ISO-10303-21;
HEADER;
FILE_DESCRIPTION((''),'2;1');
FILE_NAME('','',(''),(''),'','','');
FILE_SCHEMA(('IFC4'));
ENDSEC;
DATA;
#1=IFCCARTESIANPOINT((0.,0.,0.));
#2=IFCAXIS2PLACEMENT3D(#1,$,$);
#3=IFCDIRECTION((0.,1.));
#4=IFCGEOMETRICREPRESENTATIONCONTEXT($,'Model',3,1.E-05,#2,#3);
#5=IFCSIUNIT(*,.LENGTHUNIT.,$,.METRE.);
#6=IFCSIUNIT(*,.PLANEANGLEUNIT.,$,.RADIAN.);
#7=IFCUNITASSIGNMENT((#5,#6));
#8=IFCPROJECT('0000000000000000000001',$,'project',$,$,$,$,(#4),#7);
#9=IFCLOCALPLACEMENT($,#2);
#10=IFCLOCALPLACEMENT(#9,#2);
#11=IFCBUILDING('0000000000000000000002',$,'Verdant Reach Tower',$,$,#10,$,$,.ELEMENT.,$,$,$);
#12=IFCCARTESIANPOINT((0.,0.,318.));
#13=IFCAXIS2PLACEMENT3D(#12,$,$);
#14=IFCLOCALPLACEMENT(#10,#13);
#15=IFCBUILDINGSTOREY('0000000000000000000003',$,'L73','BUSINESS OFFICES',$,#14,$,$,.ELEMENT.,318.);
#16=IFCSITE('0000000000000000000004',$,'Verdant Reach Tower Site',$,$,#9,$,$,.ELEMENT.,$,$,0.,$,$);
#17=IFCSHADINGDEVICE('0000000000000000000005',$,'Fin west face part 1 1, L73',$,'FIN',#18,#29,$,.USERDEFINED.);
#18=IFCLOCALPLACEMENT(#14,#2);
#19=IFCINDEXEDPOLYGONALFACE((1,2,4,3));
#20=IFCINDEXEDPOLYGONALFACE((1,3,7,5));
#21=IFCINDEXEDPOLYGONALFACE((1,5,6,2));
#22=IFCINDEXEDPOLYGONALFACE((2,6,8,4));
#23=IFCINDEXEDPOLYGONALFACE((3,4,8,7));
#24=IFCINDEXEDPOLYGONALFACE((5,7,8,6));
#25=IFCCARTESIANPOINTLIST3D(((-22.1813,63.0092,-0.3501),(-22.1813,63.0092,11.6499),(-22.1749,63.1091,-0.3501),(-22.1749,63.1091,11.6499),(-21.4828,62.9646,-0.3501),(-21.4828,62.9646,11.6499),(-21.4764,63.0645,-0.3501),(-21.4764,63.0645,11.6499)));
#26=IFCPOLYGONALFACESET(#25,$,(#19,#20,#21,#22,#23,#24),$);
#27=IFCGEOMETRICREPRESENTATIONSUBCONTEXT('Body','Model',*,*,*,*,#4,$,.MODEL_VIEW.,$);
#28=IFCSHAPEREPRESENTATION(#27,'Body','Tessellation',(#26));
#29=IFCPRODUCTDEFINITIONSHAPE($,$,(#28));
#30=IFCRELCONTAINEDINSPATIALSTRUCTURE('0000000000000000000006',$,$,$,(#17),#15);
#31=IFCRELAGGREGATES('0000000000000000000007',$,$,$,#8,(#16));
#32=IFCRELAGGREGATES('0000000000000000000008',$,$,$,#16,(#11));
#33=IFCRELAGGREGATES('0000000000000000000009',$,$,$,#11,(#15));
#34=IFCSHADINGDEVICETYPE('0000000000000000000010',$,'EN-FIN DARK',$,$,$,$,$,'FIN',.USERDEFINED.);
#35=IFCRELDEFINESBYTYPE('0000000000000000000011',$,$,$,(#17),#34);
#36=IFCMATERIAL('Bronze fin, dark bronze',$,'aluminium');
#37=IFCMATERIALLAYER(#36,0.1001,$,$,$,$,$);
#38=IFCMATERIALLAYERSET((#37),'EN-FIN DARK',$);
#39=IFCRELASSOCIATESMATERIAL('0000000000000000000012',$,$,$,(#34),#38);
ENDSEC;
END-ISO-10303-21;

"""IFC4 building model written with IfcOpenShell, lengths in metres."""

from ifc_helpers import new_model, si_unit, direction, frame, origin, origin_2d, place, context, subcontext, project, spatial, rectangle, extrude, material, layer, layer_set, type_object, element, save


model = new_model("IFC4")

# Units and contexts
model_context = context("Model", 3, precision=1e-05, world=origin(), true_north=direction((0.0, 1.0)))
body_context = subcontext(model_context, "Body", "Model", "MODEL_VIEW")
ifc_project = project(units=[si_unit("LENGTHUNIT", "METRE"), si_unit("PLANEANGLEUNIT", "RADIAN")], contexts=[model_context])

# Site, building, storey
site_placement = place(None, origin())
site = spatial("IfcSite", under=ifc_project, at=site_placement, Name="Verdant Reach Tower Site", CompositionType="ELEMENT", RefElevation=0.0)
building_placement = place(site_placement, origin())
building = spatial("IfcBuilding", under=site, at=building_placement, Name="Verdant Reach Tower", CompositionType="ELEMENT")
storey_placement = place(building_placement, frame((0.0, 0.0, 318.0)))
storey = spatial("IfcBuildingStorey", under=building, at=storey_placement, Name="L73", Description="BUSINESS OFFICES", CompositionType="ELEMENT", Elevation=318.0)

# Shading device
ifc_material_1 = material(Name="Bronze fin, dark bronze", Category="aluminium")
ifc_layer_1 = layer(ifc_material_1, 0.1001)
ifc_layer_set_1 = layer_set([ifc_layer_1], Name="EN-FIN DARK")
shading_device_type_1 = type_object("IfcShadingDeviceType", Name="EN-FIN DARK", ElementType="FIN", PredefinedType="USERDEFINED", material=ifc_layer_set_1)
for number, where, z_axis, x_axis, name in (
    (1, (-21.8289, 63.0369, -0.3501), (0.0, 0.0, 1.0), (-0.063699, -0.997969, 0.0), "Fin west face part 1 1, L73"),
):
    element("IfcShadingDevice", number, at=place(storey_placement, frame(where, z_axis=z_axis, x_axis=x_axis)), inside=storey, type_object=shading_device_type_1, Name=name, ObjectType="FIN", PredefinedType="USERDEFINED", context=body_context, shape_type="SweptSolid", body=[
        extrude(rectangle(XDim=0.1001, YDim=0.7, at=origin_2d()), origin(), (0.0, 0.0, 1.0), 12.0),
    ])

save(model, "model.ifc")
